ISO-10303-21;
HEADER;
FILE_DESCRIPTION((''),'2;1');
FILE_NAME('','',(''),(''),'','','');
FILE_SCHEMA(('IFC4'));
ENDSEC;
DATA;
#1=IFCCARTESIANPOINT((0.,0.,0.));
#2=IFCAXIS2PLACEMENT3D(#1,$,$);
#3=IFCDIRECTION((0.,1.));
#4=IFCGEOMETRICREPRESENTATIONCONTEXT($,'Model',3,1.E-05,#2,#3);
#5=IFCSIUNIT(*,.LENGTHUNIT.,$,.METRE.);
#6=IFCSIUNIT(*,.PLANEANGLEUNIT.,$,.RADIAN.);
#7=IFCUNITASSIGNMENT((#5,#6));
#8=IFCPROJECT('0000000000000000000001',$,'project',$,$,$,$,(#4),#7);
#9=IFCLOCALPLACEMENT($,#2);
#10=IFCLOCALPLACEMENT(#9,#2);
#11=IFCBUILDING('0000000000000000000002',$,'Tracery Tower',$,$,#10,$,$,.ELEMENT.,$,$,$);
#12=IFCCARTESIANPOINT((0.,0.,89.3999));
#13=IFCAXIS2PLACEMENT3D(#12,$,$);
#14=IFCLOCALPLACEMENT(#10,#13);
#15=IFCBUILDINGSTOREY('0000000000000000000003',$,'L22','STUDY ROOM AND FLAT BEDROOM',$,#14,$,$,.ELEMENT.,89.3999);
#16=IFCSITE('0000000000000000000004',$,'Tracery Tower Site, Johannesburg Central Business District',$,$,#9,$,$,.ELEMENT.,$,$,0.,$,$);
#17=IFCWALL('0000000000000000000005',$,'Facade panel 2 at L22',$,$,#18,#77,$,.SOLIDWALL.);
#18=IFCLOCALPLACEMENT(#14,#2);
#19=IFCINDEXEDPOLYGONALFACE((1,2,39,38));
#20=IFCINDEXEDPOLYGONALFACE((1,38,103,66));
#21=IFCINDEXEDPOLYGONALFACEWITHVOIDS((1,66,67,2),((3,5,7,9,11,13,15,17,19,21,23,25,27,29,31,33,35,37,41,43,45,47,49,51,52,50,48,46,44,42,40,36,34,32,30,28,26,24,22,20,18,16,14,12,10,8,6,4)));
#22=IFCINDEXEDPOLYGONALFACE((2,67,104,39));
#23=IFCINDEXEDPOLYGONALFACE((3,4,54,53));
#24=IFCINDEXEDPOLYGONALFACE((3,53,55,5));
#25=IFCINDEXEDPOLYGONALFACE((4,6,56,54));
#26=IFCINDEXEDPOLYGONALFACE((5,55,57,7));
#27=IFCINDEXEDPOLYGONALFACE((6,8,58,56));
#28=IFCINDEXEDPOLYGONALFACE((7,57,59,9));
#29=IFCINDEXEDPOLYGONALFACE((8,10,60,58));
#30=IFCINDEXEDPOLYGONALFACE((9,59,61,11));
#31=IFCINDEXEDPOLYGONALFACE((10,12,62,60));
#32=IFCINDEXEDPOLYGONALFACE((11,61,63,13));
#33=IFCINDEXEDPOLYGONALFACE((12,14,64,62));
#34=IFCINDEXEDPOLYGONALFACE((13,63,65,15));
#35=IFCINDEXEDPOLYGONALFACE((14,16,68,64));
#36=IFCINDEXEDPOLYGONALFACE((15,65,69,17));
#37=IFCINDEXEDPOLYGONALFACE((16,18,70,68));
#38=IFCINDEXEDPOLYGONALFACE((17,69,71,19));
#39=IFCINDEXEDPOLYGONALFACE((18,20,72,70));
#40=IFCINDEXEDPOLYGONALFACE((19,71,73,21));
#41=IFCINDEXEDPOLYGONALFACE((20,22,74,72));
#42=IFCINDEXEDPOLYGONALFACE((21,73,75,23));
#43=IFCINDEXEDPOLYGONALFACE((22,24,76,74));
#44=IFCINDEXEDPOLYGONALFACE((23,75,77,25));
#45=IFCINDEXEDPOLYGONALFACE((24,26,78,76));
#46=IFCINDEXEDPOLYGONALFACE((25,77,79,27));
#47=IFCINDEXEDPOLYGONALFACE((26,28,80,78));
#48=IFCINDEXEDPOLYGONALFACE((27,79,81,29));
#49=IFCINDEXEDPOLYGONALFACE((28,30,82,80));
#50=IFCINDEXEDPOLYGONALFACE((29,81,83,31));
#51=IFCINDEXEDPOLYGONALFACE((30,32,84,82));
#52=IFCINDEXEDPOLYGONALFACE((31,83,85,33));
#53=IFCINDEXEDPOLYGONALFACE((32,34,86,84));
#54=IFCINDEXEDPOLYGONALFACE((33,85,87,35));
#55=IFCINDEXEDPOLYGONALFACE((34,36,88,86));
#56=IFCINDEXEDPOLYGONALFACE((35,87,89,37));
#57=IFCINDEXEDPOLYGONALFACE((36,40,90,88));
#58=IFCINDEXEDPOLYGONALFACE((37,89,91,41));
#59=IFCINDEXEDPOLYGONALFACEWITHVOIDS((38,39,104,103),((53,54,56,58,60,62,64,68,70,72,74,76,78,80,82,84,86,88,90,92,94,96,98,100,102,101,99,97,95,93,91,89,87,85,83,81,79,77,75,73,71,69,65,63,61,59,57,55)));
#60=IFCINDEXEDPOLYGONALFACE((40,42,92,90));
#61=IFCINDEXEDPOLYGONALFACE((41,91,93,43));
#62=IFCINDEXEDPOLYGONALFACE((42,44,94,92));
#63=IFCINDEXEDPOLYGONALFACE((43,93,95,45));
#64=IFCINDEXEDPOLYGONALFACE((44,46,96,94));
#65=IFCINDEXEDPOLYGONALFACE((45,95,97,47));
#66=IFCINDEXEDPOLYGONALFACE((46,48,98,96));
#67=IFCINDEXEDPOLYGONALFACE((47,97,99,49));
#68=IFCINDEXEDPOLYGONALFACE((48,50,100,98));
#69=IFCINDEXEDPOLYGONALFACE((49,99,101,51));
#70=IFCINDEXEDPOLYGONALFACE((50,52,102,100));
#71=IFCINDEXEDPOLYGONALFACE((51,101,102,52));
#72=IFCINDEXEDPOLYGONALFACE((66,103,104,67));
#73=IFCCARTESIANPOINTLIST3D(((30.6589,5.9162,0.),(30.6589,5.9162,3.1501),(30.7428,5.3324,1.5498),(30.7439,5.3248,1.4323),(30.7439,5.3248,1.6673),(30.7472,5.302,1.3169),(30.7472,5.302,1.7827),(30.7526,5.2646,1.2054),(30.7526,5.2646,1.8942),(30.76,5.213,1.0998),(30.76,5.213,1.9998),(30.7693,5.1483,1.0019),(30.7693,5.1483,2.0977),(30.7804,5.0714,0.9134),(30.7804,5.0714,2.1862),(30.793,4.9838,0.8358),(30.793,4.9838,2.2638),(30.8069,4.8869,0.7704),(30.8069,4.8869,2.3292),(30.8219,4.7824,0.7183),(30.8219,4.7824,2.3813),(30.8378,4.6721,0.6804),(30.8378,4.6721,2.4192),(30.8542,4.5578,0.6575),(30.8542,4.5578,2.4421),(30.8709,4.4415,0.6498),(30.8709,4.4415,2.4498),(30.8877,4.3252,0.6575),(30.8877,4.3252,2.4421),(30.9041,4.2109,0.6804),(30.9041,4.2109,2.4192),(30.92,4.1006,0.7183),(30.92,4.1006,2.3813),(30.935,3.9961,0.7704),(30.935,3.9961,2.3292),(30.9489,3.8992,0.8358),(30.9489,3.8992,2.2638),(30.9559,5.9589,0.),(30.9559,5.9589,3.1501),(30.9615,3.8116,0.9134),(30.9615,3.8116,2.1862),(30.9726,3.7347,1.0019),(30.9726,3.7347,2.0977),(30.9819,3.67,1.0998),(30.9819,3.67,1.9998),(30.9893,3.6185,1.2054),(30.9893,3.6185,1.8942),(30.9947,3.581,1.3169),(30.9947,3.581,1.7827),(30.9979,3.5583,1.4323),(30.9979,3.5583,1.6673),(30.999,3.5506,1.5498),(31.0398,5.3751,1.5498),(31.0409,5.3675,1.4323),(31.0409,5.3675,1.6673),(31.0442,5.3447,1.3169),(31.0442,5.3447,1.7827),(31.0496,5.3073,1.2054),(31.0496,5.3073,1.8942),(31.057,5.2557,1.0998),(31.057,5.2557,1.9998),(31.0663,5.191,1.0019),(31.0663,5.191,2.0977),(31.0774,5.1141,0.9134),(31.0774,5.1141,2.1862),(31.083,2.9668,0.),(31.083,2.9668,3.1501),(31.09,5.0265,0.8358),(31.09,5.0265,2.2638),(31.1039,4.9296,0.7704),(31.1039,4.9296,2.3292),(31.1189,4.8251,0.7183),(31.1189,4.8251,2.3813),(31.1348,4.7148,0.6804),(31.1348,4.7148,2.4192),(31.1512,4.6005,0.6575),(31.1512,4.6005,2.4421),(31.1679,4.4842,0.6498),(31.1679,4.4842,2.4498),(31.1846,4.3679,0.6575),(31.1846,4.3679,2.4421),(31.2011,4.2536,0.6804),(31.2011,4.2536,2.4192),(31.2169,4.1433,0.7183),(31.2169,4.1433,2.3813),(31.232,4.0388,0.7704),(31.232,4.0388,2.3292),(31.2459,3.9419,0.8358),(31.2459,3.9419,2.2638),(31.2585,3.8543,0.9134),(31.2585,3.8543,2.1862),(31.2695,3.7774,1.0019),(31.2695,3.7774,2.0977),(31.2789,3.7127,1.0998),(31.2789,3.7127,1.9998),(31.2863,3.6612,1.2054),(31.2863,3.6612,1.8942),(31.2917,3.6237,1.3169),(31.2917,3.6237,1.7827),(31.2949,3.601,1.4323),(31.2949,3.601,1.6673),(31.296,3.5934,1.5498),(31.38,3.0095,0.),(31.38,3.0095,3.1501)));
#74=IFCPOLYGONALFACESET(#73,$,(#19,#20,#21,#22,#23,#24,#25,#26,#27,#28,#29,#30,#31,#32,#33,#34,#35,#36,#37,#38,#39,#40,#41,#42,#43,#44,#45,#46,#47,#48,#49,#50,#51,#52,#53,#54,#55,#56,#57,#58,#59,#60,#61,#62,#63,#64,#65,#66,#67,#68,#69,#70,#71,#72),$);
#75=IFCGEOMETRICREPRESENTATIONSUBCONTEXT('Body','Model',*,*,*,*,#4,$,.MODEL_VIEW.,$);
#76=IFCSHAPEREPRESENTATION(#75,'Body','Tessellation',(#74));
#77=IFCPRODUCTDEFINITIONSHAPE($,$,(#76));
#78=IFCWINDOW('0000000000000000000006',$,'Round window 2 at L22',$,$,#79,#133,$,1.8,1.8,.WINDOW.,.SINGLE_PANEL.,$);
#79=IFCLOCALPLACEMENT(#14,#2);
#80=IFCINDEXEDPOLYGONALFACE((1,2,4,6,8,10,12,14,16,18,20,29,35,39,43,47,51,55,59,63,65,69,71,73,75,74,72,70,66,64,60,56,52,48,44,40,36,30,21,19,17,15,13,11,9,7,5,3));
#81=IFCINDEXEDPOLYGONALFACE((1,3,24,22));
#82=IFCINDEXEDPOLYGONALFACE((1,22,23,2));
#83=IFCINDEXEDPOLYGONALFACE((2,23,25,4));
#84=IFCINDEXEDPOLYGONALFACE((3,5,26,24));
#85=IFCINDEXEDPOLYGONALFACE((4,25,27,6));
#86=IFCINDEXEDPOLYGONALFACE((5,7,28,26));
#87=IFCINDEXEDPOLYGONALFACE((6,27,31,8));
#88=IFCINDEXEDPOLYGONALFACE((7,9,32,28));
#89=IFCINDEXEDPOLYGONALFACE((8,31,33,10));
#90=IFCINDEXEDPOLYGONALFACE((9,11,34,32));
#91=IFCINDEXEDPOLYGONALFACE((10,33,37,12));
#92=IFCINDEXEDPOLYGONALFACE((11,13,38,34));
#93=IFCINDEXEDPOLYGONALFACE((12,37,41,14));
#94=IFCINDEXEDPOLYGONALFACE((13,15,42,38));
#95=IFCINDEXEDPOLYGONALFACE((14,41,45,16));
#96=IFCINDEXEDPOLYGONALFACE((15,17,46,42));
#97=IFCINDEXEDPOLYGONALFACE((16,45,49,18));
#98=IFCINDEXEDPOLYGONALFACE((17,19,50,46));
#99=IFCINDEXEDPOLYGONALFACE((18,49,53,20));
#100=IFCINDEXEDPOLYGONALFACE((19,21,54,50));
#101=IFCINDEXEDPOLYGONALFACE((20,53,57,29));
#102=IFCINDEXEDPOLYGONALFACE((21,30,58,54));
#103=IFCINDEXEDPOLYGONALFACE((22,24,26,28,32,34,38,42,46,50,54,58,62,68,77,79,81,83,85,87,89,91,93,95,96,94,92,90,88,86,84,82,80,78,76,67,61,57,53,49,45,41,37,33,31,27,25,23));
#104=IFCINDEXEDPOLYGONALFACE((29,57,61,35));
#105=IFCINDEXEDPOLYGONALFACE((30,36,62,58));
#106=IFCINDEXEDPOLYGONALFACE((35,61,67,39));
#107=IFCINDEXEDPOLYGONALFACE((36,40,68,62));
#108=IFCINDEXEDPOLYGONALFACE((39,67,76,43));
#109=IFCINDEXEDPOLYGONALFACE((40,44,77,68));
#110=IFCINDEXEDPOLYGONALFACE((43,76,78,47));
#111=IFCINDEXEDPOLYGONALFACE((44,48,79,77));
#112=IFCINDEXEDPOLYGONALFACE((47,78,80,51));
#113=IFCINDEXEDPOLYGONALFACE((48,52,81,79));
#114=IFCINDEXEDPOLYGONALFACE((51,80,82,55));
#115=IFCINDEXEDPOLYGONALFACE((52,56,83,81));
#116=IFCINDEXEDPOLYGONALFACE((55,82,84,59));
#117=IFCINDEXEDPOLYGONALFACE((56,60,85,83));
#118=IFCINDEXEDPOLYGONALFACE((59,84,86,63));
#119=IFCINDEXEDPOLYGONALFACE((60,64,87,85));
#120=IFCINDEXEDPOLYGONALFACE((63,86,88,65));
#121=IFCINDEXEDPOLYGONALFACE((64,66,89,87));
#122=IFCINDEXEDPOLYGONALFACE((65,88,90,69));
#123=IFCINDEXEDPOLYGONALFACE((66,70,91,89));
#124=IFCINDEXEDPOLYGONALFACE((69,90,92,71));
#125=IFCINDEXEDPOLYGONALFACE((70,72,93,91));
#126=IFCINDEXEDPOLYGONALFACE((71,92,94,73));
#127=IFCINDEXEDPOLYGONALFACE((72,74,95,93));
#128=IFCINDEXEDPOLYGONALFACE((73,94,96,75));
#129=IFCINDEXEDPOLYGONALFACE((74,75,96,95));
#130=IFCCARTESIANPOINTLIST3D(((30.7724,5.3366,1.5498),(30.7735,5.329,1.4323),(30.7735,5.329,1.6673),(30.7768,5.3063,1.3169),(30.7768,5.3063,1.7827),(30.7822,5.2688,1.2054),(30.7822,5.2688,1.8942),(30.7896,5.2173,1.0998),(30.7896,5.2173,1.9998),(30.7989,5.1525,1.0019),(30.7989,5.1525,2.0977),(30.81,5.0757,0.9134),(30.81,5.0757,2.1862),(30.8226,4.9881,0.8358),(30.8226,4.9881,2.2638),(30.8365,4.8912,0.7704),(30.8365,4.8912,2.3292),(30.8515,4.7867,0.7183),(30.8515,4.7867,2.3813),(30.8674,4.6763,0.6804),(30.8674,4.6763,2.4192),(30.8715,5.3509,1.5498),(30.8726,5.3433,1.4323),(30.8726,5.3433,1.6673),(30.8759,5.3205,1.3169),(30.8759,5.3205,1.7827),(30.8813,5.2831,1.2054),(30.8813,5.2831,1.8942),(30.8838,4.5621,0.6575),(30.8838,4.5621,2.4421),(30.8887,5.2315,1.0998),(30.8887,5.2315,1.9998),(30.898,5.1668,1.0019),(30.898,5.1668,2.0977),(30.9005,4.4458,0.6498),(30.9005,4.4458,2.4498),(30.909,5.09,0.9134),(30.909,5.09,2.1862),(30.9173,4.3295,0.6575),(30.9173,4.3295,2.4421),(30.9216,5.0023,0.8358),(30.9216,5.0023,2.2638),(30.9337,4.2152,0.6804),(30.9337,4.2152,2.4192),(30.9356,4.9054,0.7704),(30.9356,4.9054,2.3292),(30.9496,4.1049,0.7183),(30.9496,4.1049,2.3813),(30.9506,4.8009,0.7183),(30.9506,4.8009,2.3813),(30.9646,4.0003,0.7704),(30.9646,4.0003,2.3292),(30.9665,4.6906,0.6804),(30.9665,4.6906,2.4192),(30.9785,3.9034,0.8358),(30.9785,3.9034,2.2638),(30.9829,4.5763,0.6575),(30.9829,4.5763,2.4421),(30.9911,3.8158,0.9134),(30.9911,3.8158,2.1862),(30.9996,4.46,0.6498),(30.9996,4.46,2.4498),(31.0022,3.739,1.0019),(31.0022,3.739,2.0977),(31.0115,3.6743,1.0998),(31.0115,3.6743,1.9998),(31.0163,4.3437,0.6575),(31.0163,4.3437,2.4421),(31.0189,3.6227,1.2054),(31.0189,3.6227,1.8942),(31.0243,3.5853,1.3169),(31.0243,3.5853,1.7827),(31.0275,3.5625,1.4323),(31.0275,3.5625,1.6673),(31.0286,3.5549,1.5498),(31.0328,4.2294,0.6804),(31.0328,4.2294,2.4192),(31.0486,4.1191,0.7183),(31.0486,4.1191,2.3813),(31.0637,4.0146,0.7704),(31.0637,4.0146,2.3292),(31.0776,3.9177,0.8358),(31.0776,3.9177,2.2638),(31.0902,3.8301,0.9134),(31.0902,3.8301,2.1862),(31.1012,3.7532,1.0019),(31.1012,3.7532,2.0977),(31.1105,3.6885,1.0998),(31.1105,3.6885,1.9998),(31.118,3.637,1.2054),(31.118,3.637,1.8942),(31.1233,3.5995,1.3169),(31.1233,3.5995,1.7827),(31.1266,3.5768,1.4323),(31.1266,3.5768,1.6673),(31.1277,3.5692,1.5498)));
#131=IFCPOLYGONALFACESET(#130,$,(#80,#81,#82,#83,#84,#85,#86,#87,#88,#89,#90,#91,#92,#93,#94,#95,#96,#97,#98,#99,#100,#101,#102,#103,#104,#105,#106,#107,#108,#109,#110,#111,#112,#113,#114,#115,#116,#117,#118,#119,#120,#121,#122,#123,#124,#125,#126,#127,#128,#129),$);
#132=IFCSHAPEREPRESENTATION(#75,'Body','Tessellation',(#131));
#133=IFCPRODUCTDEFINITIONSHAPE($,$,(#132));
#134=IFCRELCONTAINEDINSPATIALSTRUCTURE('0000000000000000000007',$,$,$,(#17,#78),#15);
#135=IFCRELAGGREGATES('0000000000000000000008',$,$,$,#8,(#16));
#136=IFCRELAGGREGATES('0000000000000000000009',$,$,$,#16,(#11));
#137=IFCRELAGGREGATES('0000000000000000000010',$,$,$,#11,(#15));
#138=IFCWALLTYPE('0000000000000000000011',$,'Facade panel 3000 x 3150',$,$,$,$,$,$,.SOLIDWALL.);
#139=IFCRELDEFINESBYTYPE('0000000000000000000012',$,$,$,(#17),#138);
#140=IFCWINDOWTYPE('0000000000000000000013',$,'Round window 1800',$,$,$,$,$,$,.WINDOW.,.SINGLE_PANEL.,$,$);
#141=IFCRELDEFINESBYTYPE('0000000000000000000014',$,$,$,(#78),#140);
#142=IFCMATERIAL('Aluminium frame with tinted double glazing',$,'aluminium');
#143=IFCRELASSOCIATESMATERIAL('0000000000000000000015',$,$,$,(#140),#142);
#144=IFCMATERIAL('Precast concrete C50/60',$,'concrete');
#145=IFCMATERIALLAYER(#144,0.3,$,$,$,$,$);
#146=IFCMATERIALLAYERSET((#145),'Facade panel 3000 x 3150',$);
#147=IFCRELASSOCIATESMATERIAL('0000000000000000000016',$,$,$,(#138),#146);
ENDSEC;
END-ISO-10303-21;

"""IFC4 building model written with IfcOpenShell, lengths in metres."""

from ifc_helpers import new_model, si_unit, direction, frame, frame_2d, origin, origin_2d, place, context, subcontext, project, spatial, rectangle, circle, extrude, material, layer, layer_set, type_object, element, fill, save


model = new_model("IFC4")

# Units and contexts
model_context = context("Model", 3, precision=1e-05, world=origin(), true_north=direction((0.0, 1.0)))
body_context = subcontext(model_context, "Body", "Model", "MODEL_VIEW")
ifc_project = project(units=[si_unit("LENGTHUNIT", "METRE"), si_unit("PLANEANGLEUNIT", "RADIAN")], contexts=[model_context])

# Site, building, storey
site_placement = place(None, origin())
site = spatial("IfcSite", under=ifc_project, at=site_placement, Name="Tracery Tower Site, Johannesburg Central Business District", CompositionType="ELEMENT", RefElevation=0.0)
building_placement = place(site_placement, origin())
building = spatial("IfcBuilding", under=site, at=building_placement, Name="Tracery Tower", CompositionType="ELEMENT")
storey_placement = place(building_placement, frame((0.0, 0.0, 89.3999)))
storey = spatial("IfcBuildingStorey", under=building, at=storey_placement, Name="L22", Description="STUDY ROOM AND FLAT BEDROOM", CompositionType="ELEMENT", Elevation=89.3999)

# Wall, opening, window
ifc_material_1 = material(Name="Aluminium frame with tinted double glazing", Category="aluminium")
window_type = type_object("IfcWindowType", Name="Round window 1800", PartitioningType="SINGLE_PANEL", PredefinedType="WINDOW", material=ifc_material_1)
ifc_material_2 = material(Name="Precast concrete C50/60", Category="concrete")
ifc_layer_1 = layer(ifc_material_2, 0.3)
ifc_layer_set_1 = layer_set([ifc_layer_1], Name="Facade panel 3000 x 3150")
wall_type_1 = type_object("IfcWallType", Name="Facade panel 3000 x 3150", PredefinedType="SOLIDWALL", material=ifc_layer_set_1)
wall_1_placement = place(storey_placement, frame((31.2314, 2.9883, 0.0), z_axis=(0.0, 0.0, 1.0), x_axis=(-0.142316, 0.989821, 0.0)))
wall_1 = element("IfcWall", 1, at=wall_1_placement, inside=storey, type_object=wall_type_1, Name="Facade panel 2 at L22", PredefinedType="SOLIDWALL", context=body_context, shape_type="SweptSolid", body=[
    extrude(rectangle(XDim=2.9797, YDim=0.3, at=frame_2d((1.4897, 0.0))), origin(), (0.0, 0.0, 1.0), 3.1501),
])
opening_1_placement = place(wall_1_placement, frame((1.4897, 0.0, 1.5498)))
opening_1 = element("IfcOpeningElement", 2, at=opening_1_placement, cuts=wall_1, PredefinedType="OPENING", context=body_context, shape_type="SweptSolid", body=[
    extrude(circle(Radius=0.9, at=origin_2d()), frame((0.0, 0.1599, 0.0), z_axis=(0.0, -1.0, 0.0), x_axis=(1.0, 0.0, 0.0)), (0.0, 0.0, 1.0), 0.3201),
])
window_1_placement = place(opening_1_placement, origin())
window_1 = element("IfcWindow", 3, at=window_1_placement, inside=storey, type_object=window_type, Name="Round window 2 at L22", OverallHeight=1.8, OverallWidth=1.8, PartitioningType="SINGLE_PANEL", PredefinedType="WINDOW", context=body_context, shape_type="SweptSolid", body=[
    extrude(circle(Radius=0.9, at=origin_2d()), frame((0.0, 0.1201, 0.0), z_axis=(0.0, -1.0, 0.0), x_axis=(1.0, 0.0, 0.0)), (0.0, 0.0, 1.0), 0.1001),
])
fill(opening_1, window_1)

save(model, "model.ifc")
